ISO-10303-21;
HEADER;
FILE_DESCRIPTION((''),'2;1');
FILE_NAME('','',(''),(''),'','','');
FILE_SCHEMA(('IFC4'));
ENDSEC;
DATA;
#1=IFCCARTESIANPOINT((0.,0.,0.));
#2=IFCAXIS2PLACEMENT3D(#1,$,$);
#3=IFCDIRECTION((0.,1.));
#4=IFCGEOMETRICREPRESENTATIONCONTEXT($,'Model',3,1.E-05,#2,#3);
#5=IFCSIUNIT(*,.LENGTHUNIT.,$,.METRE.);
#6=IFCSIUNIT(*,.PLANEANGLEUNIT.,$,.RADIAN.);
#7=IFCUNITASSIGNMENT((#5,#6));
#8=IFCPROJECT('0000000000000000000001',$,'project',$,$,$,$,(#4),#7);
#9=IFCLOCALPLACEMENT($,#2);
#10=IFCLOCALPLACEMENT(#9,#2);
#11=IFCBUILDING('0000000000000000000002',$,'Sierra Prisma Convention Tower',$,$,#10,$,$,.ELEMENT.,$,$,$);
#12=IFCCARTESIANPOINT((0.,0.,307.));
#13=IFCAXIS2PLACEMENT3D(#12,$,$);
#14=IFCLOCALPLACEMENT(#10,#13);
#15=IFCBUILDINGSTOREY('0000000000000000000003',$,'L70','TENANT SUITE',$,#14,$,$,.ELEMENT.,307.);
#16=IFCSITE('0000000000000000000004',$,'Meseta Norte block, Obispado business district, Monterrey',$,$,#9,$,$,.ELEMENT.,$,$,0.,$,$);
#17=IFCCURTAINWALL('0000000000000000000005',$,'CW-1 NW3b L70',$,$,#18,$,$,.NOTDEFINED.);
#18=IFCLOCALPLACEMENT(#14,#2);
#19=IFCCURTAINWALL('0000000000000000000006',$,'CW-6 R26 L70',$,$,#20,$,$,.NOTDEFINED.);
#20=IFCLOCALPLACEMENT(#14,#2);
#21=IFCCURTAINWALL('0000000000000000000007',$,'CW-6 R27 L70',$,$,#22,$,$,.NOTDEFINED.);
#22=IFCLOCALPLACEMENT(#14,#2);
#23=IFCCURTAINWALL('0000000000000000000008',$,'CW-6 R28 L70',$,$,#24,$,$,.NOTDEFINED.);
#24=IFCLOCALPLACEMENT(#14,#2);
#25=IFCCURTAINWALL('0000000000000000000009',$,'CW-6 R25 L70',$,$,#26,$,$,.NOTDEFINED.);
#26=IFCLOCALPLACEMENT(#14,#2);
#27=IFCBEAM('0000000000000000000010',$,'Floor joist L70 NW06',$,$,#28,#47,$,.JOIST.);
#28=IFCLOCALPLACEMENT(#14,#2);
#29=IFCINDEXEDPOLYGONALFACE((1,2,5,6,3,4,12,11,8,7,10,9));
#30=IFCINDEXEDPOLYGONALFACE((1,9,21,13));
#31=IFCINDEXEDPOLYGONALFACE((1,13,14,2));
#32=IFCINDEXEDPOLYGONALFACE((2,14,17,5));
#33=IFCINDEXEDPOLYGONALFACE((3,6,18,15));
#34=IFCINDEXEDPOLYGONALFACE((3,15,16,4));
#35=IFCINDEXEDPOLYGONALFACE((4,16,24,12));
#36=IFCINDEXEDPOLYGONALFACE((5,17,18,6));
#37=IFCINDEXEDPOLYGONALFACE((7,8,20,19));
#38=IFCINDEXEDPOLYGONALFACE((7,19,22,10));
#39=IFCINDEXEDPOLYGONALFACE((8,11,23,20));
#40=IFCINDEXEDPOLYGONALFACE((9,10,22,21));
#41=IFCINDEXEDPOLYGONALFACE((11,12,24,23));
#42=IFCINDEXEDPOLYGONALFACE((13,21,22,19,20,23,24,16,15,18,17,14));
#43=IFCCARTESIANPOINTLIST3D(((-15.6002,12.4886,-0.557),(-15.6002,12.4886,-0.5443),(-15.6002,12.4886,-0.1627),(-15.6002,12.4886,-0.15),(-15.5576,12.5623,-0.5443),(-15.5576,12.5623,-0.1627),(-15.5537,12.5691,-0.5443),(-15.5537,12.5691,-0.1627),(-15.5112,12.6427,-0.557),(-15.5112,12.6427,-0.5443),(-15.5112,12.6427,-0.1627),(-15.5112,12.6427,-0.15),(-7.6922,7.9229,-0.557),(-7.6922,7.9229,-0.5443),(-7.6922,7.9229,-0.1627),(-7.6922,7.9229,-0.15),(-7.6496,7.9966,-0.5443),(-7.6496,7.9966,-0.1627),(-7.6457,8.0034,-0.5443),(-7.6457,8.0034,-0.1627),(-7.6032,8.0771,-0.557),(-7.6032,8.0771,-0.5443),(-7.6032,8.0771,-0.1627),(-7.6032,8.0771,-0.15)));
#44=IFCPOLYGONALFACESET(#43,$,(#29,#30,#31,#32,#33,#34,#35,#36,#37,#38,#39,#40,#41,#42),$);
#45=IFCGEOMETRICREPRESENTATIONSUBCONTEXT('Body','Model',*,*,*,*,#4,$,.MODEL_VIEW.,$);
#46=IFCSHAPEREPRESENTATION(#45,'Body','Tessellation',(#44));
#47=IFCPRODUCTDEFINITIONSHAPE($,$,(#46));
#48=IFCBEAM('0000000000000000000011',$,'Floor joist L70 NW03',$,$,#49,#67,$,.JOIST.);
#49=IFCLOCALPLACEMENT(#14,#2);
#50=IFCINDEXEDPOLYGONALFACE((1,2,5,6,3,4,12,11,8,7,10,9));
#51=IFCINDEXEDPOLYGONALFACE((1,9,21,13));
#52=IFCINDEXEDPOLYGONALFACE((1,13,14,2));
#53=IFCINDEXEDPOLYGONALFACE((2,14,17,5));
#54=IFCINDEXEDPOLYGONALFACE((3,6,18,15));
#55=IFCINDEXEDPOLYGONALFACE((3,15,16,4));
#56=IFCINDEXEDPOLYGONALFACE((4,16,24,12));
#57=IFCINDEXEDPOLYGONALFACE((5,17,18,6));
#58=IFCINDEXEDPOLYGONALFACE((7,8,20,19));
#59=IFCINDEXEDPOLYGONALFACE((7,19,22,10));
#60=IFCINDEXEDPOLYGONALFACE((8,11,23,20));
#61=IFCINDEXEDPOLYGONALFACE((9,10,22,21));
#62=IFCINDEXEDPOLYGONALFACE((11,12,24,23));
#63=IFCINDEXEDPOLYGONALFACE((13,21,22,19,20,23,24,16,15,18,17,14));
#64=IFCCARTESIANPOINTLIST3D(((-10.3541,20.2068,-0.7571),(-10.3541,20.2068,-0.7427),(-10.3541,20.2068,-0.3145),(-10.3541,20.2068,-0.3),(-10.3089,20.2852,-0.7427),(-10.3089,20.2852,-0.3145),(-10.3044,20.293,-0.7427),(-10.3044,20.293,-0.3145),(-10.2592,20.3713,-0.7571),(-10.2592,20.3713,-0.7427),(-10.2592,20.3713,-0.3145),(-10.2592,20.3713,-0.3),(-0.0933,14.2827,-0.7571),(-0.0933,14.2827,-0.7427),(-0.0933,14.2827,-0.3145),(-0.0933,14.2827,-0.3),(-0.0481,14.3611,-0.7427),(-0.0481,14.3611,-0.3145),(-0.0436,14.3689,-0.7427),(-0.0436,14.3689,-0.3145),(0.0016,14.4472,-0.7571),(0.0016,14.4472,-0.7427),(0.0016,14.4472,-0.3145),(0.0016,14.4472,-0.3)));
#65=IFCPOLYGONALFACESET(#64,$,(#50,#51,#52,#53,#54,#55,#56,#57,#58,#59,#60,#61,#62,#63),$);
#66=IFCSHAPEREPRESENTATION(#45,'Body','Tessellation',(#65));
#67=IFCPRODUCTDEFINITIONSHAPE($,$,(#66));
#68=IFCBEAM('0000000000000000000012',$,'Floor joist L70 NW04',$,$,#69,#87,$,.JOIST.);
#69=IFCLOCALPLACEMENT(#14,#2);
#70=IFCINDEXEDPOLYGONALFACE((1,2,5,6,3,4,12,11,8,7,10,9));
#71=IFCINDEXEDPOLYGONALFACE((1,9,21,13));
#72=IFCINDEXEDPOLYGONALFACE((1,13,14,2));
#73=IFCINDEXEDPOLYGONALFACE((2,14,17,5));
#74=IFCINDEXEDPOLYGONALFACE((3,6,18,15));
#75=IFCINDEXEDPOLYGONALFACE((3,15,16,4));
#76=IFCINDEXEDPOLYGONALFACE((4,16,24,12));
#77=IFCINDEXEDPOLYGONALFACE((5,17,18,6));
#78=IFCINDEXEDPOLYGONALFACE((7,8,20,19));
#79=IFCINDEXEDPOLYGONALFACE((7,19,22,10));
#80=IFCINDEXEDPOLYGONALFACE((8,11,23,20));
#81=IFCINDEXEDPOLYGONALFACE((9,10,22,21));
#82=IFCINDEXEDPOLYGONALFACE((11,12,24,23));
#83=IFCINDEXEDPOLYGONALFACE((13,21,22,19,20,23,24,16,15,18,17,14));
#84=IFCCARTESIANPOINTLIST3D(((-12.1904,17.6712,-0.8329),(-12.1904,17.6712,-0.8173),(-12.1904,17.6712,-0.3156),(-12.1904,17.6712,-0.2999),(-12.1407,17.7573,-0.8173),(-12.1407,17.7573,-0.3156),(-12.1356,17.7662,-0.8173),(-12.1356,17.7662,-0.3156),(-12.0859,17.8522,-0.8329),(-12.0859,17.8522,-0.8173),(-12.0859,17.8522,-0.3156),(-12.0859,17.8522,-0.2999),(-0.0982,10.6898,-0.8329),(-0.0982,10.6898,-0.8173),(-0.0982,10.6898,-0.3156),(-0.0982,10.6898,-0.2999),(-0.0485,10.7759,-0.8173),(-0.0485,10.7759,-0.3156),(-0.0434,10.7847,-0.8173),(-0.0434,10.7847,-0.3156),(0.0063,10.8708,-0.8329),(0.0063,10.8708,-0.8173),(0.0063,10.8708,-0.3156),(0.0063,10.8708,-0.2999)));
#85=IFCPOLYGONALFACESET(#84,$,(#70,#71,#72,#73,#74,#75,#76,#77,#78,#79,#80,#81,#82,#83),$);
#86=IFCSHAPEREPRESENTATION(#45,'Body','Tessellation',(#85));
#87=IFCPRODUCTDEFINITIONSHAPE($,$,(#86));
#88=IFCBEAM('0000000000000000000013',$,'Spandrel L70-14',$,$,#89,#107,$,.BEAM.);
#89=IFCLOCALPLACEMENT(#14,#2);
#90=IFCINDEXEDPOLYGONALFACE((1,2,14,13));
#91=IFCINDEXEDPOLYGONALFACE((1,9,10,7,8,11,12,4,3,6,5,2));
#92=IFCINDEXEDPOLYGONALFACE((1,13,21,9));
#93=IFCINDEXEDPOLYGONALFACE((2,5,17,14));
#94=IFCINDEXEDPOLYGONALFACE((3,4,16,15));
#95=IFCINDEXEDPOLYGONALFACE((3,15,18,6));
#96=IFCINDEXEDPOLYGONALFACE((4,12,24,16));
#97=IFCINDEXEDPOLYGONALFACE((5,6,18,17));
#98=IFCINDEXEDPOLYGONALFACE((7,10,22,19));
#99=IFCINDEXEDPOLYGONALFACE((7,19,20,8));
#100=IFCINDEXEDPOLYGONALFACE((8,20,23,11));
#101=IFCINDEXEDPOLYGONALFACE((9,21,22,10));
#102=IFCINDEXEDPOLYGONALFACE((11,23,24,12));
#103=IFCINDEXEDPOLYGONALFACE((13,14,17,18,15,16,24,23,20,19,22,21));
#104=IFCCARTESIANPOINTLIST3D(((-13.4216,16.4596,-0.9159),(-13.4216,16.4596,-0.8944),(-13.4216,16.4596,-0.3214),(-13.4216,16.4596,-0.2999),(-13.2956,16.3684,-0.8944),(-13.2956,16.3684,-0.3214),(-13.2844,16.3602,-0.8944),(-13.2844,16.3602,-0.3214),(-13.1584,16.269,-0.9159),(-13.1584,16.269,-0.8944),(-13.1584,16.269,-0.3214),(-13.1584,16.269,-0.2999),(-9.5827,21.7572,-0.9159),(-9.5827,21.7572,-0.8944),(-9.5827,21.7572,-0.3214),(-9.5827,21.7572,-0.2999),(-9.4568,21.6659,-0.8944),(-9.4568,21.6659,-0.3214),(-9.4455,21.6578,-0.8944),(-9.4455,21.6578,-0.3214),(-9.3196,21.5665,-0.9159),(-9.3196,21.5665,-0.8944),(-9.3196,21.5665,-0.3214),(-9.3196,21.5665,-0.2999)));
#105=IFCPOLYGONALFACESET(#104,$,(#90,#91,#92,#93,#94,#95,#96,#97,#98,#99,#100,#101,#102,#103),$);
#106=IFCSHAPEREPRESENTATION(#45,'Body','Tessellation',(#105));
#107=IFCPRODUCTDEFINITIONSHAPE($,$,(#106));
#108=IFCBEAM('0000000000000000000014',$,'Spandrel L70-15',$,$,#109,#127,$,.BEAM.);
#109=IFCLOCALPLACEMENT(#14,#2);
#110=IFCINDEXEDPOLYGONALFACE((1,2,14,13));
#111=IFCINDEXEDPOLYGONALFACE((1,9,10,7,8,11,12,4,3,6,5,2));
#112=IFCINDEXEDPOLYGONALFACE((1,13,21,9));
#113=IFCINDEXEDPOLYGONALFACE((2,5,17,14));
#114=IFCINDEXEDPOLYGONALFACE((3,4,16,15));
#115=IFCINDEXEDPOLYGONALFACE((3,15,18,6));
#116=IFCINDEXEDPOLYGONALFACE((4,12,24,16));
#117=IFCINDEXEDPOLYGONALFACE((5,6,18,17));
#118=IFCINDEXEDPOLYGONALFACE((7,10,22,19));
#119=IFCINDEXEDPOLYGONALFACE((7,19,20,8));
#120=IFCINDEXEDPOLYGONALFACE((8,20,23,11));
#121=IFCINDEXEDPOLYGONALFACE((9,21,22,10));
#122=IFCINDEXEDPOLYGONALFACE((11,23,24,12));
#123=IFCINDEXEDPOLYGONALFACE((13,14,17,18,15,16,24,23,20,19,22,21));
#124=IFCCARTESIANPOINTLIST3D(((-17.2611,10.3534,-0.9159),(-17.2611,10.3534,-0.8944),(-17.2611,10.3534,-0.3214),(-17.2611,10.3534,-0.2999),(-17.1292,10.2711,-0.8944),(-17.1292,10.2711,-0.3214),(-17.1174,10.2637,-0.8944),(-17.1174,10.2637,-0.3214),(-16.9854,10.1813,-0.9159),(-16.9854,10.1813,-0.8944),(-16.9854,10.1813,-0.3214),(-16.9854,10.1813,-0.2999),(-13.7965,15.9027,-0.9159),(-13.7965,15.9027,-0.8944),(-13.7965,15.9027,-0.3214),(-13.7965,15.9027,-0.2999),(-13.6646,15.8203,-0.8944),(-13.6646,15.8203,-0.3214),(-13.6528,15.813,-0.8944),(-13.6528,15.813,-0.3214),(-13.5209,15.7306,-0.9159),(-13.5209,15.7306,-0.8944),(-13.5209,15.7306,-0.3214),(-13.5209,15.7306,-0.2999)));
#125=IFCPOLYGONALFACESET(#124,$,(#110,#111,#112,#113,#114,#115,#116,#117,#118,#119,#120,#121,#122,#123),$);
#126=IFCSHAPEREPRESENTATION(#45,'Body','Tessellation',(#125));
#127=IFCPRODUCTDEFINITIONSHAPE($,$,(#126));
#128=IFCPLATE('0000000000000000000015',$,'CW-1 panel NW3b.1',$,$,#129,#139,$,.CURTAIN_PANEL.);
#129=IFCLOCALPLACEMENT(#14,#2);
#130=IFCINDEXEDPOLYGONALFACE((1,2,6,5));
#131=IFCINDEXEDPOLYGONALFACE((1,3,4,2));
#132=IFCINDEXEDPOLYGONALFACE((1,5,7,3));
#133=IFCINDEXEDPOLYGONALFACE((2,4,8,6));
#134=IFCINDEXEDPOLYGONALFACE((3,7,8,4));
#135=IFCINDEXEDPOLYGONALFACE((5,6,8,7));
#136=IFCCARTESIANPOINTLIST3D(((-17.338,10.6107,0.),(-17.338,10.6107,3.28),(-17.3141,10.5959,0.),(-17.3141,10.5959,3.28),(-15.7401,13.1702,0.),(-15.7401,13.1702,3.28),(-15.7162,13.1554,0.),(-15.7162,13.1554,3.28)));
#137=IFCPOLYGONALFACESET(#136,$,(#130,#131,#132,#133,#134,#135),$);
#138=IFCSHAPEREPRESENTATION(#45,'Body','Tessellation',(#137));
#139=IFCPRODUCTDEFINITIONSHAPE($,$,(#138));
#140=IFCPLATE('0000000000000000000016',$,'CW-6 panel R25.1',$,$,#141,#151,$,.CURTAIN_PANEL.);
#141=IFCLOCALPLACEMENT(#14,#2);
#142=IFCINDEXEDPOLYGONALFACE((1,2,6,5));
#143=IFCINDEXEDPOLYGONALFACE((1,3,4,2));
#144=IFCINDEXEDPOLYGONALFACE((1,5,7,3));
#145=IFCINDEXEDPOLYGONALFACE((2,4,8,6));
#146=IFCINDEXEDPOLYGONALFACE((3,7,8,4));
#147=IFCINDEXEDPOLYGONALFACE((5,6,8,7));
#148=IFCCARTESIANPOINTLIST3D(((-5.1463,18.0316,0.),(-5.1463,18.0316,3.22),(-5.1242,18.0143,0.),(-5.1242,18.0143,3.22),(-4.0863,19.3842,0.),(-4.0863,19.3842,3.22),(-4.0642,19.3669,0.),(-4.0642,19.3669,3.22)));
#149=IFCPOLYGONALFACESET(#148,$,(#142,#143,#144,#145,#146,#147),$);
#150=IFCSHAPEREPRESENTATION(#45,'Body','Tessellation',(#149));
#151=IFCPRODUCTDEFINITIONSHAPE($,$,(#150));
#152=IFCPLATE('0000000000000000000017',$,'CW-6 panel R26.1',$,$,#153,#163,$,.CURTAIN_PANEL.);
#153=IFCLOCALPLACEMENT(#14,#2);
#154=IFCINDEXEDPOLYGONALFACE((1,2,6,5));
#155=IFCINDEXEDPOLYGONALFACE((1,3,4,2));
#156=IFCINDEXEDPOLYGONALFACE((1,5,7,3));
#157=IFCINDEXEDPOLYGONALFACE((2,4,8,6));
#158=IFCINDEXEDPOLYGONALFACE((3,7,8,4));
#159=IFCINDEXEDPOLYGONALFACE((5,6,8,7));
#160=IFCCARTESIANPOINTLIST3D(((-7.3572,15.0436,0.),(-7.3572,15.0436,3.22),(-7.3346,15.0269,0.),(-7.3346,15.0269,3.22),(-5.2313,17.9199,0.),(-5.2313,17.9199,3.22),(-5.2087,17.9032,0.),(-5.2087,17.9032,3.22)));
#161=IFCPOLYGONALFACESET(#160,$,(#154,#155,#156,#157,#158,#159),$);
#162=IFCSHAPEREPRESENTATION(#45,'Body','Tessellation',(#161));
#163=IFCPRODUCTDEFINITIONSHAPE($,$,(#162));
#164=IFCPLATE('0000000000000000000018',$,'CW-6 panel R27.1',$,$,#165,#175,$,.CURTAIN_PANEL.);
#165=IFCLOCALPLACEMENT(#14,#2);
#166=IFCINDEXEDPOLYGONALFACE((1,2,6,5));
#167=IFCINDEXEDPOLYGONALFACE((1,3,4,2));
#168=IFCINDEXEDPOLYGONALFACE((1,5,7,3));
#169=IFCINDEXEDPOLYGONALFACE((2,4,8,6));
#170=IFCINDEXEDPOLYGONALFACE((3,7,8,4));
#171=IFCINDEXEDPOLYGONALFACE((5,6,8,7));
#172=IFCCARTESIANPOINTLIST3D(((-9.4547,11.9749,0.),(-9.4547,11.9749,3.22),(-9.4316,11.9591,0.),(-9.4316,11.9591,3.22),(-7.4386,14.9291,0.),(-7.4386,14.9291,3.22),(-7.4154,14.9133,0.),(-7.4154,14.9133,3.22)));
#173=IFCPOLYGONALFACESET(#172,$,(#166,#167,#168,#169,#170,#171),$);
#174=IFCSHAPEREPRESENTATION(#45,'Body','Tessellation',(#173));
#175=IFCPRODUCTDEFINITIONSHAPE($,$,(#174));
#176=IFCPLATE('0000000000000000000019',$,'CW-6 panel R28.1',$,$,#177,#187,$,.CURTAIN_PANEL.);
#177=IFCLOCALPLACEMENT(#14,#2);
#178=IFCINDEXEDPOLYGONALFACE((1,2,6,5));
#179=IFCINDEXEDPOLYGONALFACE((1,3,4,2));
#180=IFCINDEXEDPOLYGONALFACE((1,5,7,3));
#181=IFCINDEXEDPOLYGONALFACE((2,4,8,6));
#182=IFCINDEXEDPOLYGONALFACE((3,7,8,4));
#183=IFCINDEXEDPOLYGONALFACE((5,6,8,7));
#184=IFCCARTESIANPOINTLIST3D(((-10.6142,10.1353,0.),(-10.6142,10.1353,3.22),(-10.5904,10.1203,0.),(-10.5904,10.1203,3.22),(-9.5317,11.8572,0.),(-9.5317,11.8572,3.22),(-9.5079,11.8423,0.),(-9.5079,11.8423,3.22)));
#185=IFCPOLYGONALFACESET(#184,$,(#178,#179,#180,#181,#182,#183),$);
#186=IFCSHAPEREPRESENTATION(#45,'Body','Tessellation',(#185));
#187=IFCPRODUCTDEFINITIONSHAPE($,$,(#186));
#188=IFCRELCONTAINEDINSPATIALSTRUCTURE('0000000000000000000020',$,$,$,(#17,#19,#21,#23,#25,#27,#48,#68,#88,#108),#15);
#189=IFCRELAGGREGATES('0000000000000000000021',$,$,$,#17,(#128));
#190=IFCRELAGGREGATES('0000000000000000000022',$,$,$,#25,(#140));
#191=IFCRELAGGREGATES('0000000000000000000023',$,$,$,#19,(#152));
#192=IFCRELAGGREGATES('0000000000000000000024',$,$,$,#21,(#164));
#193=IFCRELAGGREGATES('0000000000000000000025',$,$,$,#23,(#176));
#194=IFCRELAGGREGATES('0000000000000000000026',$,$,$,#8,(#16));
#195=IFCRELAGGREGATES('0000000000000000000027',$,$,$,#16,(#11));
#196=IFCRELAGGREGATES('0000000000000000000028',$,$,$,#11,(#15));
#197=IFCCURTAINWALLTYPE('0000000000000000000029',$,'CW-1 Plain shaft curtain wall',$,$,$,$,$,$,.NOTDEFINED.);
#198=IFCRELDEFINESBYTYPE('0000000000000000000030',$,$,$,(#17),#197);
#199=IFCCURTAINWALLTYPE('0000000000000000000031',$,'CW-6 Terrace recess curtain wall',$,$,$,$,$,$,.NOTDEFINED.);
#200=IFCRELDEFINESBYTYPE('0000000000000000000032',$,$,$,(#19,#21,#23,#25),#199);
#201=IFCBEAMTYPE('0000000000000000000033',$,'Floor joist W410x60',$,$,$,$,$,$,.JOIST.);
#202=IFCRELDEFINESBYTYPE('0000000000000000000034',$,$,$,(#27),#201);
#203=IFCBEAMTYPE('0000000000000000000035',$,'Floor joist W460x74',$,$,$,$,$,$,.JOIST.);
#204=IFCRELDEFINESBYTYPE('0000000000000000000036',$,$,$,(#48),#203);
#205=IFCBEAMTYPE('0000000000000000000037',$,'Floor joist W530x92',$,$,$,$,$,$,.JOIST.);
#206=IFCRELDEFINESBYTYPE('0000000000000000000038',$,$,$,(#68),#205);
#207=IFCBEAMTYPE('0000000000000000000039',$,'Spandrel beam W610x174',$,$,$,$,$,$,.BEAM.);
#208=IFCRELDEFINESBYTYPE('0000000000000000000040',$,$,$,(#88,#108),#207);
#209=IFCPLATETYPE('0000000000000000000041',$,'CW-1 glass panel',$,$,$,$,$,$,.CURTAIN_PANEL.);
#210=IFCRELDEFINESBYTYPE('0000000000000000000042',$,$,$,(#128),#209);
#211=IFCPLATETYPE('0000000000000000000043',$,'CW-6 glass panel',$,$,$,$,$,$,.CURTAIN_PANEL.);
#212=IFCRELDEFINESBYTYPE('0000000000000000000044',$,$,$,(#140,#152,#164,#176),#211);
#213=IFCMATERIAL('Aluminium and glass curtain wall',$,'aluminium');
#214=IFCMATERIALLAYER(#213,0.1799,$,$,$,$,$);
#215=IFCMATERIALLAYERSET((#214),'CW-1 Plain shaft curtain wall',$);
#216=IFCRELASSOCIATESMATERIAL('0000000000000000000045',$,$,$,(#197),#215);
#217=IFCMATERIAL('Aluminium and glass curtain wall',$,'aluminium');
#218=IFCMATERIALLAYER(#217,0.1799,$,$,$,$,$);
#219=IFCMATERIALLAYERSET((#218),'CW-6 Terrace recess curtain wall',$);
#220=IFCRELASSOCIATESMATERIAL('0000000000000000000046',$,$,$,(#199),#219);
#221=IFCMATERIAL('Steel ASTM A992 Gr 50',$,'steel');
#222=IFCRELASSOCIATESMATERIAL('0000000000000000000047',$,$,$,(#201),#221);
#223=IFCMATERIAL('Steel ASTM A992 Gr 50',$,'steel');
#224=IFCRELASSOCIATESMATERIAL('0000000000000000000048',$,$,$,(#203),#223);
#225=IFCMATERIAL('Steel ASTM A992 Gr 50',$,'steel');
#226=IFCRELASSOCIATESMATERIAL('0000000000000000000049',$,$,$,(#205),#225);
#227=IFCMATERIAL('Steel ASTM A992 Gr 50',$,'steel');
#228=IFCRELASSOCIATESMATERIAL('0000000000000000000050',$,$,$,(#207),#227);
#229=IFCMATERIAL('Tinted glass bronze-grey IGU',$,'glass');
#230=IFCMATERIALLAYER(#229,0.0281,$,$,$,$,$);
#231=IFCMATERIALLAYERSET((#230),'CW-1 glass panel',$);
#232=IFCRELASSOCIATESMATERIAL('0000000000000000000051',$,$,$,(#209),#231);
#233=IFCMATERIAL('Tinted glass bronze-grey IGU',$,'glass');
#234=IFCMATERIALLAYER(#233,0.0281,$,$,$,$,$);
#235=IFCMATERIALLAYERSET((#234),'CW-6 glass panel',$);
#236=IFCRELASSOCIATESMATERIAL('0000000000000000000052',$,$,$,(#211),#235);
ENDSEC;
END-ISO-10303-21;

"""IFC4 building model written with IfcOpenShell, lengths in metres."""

from ifc_helpers import new_model, si_unit, direction, frame, origin, origin_2d, place, context, subcontext, project, spatial, rectangle, i_section, extrude, material, layer, layer_set, material_profile, profile_set, type_object, element, aggregate, save


model = new_model("IFC4")

# Units and contexts
model_context = context("Model", 3, precision=1e-05, world=origin(), true_north=direction((0.0, 1.0)))
body_context = subcontext(model_context, "Body", "Model", "MODEL_VIEW")
ifc_project = project(units=[si_unit("LENGTHUNIT", "METRE"), si_unit("PLANEANGLEUNIT", "RADIAN")], contexts=[model_context])

# Site, building, storey
site_placement = place(None, origin())
site = spatial("IfcSite", under=ifc_project, at=site_placement, Name="Meseta Norte block, Obispado business district, Monterrey", CompositionType="ELEMENT", RefElevation=0.0)
building_placement = place(site_placement, origin())
building = spatial("IfcBuilding", under=site, at=building_placement, Name="Sierra Prisma Convention Tower", CompositionType="ELEMENT")
storey_placement = place(building_placement, frame((0.0, 0.0, 307.0)))
storey = spatial("IfcBuildingStorey", under=building, at=storey_placement, Name="L70", Description="TENANT SUITE", CompositionType="ELEMENT", Elevation=307.0)

# Curtain walls
ifc_material_1 = material(Name="Aluminium and glass curtain wall", Category="aluminium")
ifc_layer_1 = layer(ifc_material_1, 0.1799)
ifc_layer_set_1 = layer_set([ifc_layer_1], Name="CW-1 Plain shaft curtain wall")
curtain_wall_type_1 = type_object("IfcCurtainWallType", Name="CW-1 Plain shaft curtain wall", PredefinedType="NOTDEFINED", material=ifc_layer_set_1)
curtain_wall_1_placement = place(storey_placement, origin())
curtain_wall_1 = element("IfcCurtainWall", 1, at=curtain_wall_1_placement, inside=storey, type_object=curtain_wall_type_1, Name="CW-1 NW3b L70", PredefinedType="NOTDEFINED")
ifc_material_2 = material(Name="Aluminium and glass curtain wall", Category="aluminium")
ifc_layer_2 = layer(ifc_material_2, 0.1799)
ifc_layer_set_2 = layer_set([ifc_layer_2], Name="CW-6 Terrace recess curtain wall")
curtain_wall_type_2 = type_object("IfcCurtainWallType", Name="CW-6 Terrace recess curtain wall", PredefinedType="NOTDEFINED", material=ifc_layer_set_2)
curtain_wall_2_placement = place(storey_placement, origin())
curtain_wall_2 = element("IfcCurtainWall", 2, at=curtain_wall_2_placement, inside=storey, type_object=curtain_wall_type_2, Name="CW-6 R26 L70", PredefinedType="NOTDEFINED")
curtain_wall_3_placement = place(storey_placement, origin())
curtain_wall_3 = element("IfcCurtainWall", 3, at=curtain_wall_3_placement, inside=storey, type_object=curtain_wall_type_2, Name="CW-6 R27 L70", PredefinedType="NOTDEFINED")
curtain_wall_4_placement = place(storey_placement, origin())
curtain_wall_4 = element("IfcCurtainWall", 4, at=curtain_wall_4_placement, inside=storey, type_object=curtain_wall_type_2, Name="CW-6 R28 L70", PredefinedType="NOTDEFINED")

# Curtain wall
curtain_wall_5_placement = place(storey_placement, origin())
curtain_wall_5 = element("IfcCurtainWall", 5, at=curtain_wall_5_placement, inside=storey, type_object=curtain_wall_type_2, Name="CW-6 R25 L70", PredefinedType="NOTDEFINED")

# Beams
ifc_material_3 = material(Name="Steel ASTM A992 Gr 50", Category="steel")
ifc_material_profile_1 = material_profile(ifc_material_3, i_section(OverallWidth=0.178, OverallDepth=0.407, WebThickness=0.0078, FlangeThickness=0.0127, at=origin_2d()), Name="W410x60")
ifc_profile_set_1 = profile_set([ifc_material_profile_1], Name="Steel ASTM A992 Gr 50")
beam_type_1 = type_object("IfcBeamType", Name="Floor joist W410x60", PredefinedType="JOIST", material=ifc_profile_set_1)
beam_1_placement = place(storey_placement, frame((-15.5557, 12.5657, -0.3535), z_axis=(0.866025, -0.500001, 0.0), x_axis=(0.500001, 0.866025, 0.0)))
element("IfcBeam", 6, at=beam_1_placement, inside=storey, type_object=beam_type_1, Name="Floor joist L70 NW06", PredefinedType="JOIST", context=body_context, shape_type="SweptSolid", body=[
    extrude(i_section(OverallWidth=0.178, OverallDepth=0.407, WebThickness=0.0078, FlangeThickness=0.0127, at=origin_2d()), origin(), (0.0, 0.0, 1.0), 9.1313),
])
ifc_material_4 = material(Name="Steel ASTM A992 Gr 50", Category="steel")
ifc_material_profile_2 = material_profile(ifc_material_4, i_section(OverallWidth=0.1899, OverallDepth=0.457, WebThickness=0.009, FlangeThickness=0.0144, at=origin_2d()), Name="W460x74")
ifc_profile_set_2 = profile_set([ifc_material_profile_2], Name="Steel ASTM A992 Gr 50")
beam_type_2 = type_object("IfcBeamType", Name="Floor joist W460x74", PredefinedType="JOIST", material=ifc_profile_set_2)
beam_2_placement = place(storey_placement, frame((-10.3066, 20.2891, -0.5286), z_axis=(0.866024, -0.500002, 0.0), x_axis=(0.500002, 0.866024, 0.0)))
element("IfcBeam", 7, at=beam_2_placement, inside=storey, type_object=beam_type_2, Name="Floor joist L70 NW03", PredefinedType="JOIST", context=body_context, shape_type="SweptSolid", body=[
    extrude(i_section(OverallWidth=0.1899, OverallDepth=0.457, WebThickness=0.009, FlangeThickness=0.0144, at=origin_2d()), origin(), (0.0, 0.0, 1.0), 11.8481),
])
ifc_material_5 = material(Name="Steel ASTM A992 Gr 50", Category="steel")
ifc_material_profile_3 = material_profile(ifc_material_5, i_section(OverallWidth=0.209, OverallDepth=0.533, WebThickness=0.0103, FlangeThickness=0.0156, at=origin_2d()), Name="W530x92")
ifc_profile_set_3 = profile_set([ifc_material_profile_3], Name="Steel ASTM A992 Gr 50")
beam_type_3 = type_object("IfcBeamType", Name="Floor joist W530x92", PredefinedType="JOIST", material=ifc_profile_set_3)
beam_3_placement = place(storey_placement, frame((-12.1382, 17.7617, -0.5664), z_axis=(0.866027, -0.499998, 0.0), x_axis=(0.499998, 0.866027, 0.0)))
element("IfcBeam", 8, at=beam_3_placement, inside=storey, type_object=beam_type_3, Name="Floor joist L70 NW04", PredefinedType="JOIST", context=body_context, shape_type="SweptSolid", body=[
    extrude(i_section(OverallWidth=0.209, OverallDepth=0.533, WebThickness=0.0103, FlangeThickness=0.0156, at=origin_2d()), origin(), (0.0, 0.0, 1.0), 13.9629),
])
ifc_material_6 = material(Name="Steel ASTM A992 Gr 50", Category="steel")
ifc_material_profile_4 = material_profile(ifc_material_6, i_section(OverallWidth=0.325, OverallDepth=0.616, WebThickness=0.0139, FlangeThickness=0.0215, at=origin_2d()), Name="W610x174")
ifc_profile_set_4 = profile_set([ifc_material_profile_4], Name="Steel ASTM A992 Gr 50")
beam_type_4 = type_object("IfcBeamType", Name="Spandrel beam W610x174", PredefinedType="BEAM", material=ifc_profile_set_4)
beam_4_placement = place(storey_placement, frame((-9.4512, 21.6619, -0.6079), z_axis=(-0.586777, -0.809748, 0.0), x_axis=(0.809748, -0.586777, 0.0)))
element("IfcBeam", 9, at=beam_4_placement, inside=storey, type_object=beam_type_4, Name="Spandrel L70-14", PredefinedType="BEAM", context=body_context, shape_type="SweptSolid", body=[
    extrude(i_section(OverallWidth=0.325, OverallDepth=0.616, WebThickness=0.0139, FlangeThickness=0.0215, at=origin_2d()), origin(), (0.0, 0.0, 1.0), 6.5422),
])
beam_5_placement = place(storey_placement, frame((-13.6587, 15.8167, -0.6079), z_axis=(-0.52959, -0.848254, 0.0), x_axis=(0.848254, -0.52959, 0.0)))
element("IfcBeam", 10, at=beam_5_placement, inside=storey, type_object=beam_type_4, Name="Spandrel L70-15", PredefinedType="BEAM", context=body_context, shape_type="SweptSolid", body=[
    extrude(i_section(OverallWidth=0.325, OverallDepth=0.616, WebThickness=0.0139, FlangeThickness=0.0215, at=origin_2d()), origin(), (0.0, 0.0, 1.0), 6.542),
])

# Plates
ifc_material_7 = material(Name="Tinted glass bronze-grey IGU", Category="glass")
ifc_layer_3 = layer(ifc_material_7, 0.0281)
ifc_layer_set_3 = layer_set([ifc_layer_3], Name="CW-1 glass panel")
plate_type_1 = type_object("IfcPlateType", Name="CW-1 glass panel", PredefinedType="CURTAIN_PANEL", material=ifc_layer_set_3)
plate_1_placement = place(storey_placement, frame((-16.5271, 11.8831, 0.0), z_axis=(0.0, 0.0, 1.0), x_axis=(-0.529572, -0.848265, 0.0)))
plate_1 = element("IfcPlate", 11, at=plate_1_placement, type_object=plate_type_1, Name="CW-1 panel NW3b.1", PredefinedType="CURTAIN_PANEL", context=body_context, shape_type="SweptSolid", body=[
    extrude(rectangle(XDim=3.0173, YDim=0.0281, at=origin_2d()), origin(), (0.0, 0.0, 1.0), 3.28),
])
aggregate(curtain_wall_1, [plate_1])
ifc_material_8 = material(Name="Tinted glass bronze-grey IGU", Category="glass")
ifc_layer_4 = layer(ifc_material_8, 0.0281)
ifc_layer_set_4 = layer_set([ifc_layer_4], Name="CW-6 glass panel")
plate_type_2 = type_object("IfcPlateType", Name="CW-6 glass panel", PredefinedType="CURTAIN_PANEL", material=ifc_layer_set_4)
plate_2_placement = place(storey_placement, frame((-4.6052, 18.6992, 0.0), z_axis=(0.0, 0.0, 1.0), x_axis=(-0.616842, -0.787087, 0.0)))
plate_2 = element("IfcPlate", 12, at=plate_2_placement, type_object=plate_type_2, Name="CW-6 panel R25.1", PredefinedType="CURTAIN_PANEL", context=body_context, shape_type="SweptSolid", body=[
    extrude(rectangle(XDim=1.7185, YDim=0.0281, at=origin_2d()), origin(), (0.0, 0.0, 1.0), 3.22),
])
aggregate(curtain_wall_5, [plate_2])
plate_3_placement = place(storey_placement, frame((-6.283, 16.4734, 0.0), z_axis=(0.0, 0.0, 1.0), x_axis=(-0.594384, -0.804181, 0.0)))
plate_3 = element("IfcPlate", 13, at=plate_3_placement, type_object=plate_type_2, Name="CW-6 panel R26.1", PredefinedType="CURTAIN_PANEL", context=body_context, shape_type="SweptSolid", body=[
    extrude(rectangle(XDim=3.5767, YDim=0.0281, at=origin_2d()), origin(), (0.0, 0.0, 1.0), 3.22),
])
aggregate(curtain_wall_2, [plate_3])
plate_4_placement = place(storey_placement, frame((-8.4351, 13.4441, 0.0), z_axis=(0.0, 0.0, 1.0), x_axis=(-0.563706, -0.825975, 0.0)))
plate_4 = element("IfcPlate", 14, at=plate_4_placement, type_object=plate_type_2, Name="CW-6 panel R27.1", PredefinedType="CURTAIN_PANEL", context=body_context, shape_type="SweptSolid", body=[
    extrude(rectangle(XDim=3.5767, YDim=0.0281, at=origin_2d()), origin(), (0.0, 0.0, 1.0), 3.22),
])
aggregate(curtain_wall_3, [plate_4])
plate_5_placement = place(storey_placement, frame((-10.061, 10.9888, 0.0), z_axis=(0.0, 0.0, 1.0), x_axis=(-0.53223, -0.8466, 0.0)))
plate_5 = element("IfcPlate", 15, at=plate_5_placement, type_object=plate_type_2, Name="CW-6 panel R28.1", PredefinedType="CURTAIN_PANEL", context=body_context, shape_type="SweptSolid", body=[
    extrude(rectangle(XDim=2.0339, YDim=0.0281, at=origin_2d()), origin(), (0.0, 0.0, 1.0), 3.22),
])
aggregate(curtain_wall_4, [plate_5])

save(model, "model.ifc")
